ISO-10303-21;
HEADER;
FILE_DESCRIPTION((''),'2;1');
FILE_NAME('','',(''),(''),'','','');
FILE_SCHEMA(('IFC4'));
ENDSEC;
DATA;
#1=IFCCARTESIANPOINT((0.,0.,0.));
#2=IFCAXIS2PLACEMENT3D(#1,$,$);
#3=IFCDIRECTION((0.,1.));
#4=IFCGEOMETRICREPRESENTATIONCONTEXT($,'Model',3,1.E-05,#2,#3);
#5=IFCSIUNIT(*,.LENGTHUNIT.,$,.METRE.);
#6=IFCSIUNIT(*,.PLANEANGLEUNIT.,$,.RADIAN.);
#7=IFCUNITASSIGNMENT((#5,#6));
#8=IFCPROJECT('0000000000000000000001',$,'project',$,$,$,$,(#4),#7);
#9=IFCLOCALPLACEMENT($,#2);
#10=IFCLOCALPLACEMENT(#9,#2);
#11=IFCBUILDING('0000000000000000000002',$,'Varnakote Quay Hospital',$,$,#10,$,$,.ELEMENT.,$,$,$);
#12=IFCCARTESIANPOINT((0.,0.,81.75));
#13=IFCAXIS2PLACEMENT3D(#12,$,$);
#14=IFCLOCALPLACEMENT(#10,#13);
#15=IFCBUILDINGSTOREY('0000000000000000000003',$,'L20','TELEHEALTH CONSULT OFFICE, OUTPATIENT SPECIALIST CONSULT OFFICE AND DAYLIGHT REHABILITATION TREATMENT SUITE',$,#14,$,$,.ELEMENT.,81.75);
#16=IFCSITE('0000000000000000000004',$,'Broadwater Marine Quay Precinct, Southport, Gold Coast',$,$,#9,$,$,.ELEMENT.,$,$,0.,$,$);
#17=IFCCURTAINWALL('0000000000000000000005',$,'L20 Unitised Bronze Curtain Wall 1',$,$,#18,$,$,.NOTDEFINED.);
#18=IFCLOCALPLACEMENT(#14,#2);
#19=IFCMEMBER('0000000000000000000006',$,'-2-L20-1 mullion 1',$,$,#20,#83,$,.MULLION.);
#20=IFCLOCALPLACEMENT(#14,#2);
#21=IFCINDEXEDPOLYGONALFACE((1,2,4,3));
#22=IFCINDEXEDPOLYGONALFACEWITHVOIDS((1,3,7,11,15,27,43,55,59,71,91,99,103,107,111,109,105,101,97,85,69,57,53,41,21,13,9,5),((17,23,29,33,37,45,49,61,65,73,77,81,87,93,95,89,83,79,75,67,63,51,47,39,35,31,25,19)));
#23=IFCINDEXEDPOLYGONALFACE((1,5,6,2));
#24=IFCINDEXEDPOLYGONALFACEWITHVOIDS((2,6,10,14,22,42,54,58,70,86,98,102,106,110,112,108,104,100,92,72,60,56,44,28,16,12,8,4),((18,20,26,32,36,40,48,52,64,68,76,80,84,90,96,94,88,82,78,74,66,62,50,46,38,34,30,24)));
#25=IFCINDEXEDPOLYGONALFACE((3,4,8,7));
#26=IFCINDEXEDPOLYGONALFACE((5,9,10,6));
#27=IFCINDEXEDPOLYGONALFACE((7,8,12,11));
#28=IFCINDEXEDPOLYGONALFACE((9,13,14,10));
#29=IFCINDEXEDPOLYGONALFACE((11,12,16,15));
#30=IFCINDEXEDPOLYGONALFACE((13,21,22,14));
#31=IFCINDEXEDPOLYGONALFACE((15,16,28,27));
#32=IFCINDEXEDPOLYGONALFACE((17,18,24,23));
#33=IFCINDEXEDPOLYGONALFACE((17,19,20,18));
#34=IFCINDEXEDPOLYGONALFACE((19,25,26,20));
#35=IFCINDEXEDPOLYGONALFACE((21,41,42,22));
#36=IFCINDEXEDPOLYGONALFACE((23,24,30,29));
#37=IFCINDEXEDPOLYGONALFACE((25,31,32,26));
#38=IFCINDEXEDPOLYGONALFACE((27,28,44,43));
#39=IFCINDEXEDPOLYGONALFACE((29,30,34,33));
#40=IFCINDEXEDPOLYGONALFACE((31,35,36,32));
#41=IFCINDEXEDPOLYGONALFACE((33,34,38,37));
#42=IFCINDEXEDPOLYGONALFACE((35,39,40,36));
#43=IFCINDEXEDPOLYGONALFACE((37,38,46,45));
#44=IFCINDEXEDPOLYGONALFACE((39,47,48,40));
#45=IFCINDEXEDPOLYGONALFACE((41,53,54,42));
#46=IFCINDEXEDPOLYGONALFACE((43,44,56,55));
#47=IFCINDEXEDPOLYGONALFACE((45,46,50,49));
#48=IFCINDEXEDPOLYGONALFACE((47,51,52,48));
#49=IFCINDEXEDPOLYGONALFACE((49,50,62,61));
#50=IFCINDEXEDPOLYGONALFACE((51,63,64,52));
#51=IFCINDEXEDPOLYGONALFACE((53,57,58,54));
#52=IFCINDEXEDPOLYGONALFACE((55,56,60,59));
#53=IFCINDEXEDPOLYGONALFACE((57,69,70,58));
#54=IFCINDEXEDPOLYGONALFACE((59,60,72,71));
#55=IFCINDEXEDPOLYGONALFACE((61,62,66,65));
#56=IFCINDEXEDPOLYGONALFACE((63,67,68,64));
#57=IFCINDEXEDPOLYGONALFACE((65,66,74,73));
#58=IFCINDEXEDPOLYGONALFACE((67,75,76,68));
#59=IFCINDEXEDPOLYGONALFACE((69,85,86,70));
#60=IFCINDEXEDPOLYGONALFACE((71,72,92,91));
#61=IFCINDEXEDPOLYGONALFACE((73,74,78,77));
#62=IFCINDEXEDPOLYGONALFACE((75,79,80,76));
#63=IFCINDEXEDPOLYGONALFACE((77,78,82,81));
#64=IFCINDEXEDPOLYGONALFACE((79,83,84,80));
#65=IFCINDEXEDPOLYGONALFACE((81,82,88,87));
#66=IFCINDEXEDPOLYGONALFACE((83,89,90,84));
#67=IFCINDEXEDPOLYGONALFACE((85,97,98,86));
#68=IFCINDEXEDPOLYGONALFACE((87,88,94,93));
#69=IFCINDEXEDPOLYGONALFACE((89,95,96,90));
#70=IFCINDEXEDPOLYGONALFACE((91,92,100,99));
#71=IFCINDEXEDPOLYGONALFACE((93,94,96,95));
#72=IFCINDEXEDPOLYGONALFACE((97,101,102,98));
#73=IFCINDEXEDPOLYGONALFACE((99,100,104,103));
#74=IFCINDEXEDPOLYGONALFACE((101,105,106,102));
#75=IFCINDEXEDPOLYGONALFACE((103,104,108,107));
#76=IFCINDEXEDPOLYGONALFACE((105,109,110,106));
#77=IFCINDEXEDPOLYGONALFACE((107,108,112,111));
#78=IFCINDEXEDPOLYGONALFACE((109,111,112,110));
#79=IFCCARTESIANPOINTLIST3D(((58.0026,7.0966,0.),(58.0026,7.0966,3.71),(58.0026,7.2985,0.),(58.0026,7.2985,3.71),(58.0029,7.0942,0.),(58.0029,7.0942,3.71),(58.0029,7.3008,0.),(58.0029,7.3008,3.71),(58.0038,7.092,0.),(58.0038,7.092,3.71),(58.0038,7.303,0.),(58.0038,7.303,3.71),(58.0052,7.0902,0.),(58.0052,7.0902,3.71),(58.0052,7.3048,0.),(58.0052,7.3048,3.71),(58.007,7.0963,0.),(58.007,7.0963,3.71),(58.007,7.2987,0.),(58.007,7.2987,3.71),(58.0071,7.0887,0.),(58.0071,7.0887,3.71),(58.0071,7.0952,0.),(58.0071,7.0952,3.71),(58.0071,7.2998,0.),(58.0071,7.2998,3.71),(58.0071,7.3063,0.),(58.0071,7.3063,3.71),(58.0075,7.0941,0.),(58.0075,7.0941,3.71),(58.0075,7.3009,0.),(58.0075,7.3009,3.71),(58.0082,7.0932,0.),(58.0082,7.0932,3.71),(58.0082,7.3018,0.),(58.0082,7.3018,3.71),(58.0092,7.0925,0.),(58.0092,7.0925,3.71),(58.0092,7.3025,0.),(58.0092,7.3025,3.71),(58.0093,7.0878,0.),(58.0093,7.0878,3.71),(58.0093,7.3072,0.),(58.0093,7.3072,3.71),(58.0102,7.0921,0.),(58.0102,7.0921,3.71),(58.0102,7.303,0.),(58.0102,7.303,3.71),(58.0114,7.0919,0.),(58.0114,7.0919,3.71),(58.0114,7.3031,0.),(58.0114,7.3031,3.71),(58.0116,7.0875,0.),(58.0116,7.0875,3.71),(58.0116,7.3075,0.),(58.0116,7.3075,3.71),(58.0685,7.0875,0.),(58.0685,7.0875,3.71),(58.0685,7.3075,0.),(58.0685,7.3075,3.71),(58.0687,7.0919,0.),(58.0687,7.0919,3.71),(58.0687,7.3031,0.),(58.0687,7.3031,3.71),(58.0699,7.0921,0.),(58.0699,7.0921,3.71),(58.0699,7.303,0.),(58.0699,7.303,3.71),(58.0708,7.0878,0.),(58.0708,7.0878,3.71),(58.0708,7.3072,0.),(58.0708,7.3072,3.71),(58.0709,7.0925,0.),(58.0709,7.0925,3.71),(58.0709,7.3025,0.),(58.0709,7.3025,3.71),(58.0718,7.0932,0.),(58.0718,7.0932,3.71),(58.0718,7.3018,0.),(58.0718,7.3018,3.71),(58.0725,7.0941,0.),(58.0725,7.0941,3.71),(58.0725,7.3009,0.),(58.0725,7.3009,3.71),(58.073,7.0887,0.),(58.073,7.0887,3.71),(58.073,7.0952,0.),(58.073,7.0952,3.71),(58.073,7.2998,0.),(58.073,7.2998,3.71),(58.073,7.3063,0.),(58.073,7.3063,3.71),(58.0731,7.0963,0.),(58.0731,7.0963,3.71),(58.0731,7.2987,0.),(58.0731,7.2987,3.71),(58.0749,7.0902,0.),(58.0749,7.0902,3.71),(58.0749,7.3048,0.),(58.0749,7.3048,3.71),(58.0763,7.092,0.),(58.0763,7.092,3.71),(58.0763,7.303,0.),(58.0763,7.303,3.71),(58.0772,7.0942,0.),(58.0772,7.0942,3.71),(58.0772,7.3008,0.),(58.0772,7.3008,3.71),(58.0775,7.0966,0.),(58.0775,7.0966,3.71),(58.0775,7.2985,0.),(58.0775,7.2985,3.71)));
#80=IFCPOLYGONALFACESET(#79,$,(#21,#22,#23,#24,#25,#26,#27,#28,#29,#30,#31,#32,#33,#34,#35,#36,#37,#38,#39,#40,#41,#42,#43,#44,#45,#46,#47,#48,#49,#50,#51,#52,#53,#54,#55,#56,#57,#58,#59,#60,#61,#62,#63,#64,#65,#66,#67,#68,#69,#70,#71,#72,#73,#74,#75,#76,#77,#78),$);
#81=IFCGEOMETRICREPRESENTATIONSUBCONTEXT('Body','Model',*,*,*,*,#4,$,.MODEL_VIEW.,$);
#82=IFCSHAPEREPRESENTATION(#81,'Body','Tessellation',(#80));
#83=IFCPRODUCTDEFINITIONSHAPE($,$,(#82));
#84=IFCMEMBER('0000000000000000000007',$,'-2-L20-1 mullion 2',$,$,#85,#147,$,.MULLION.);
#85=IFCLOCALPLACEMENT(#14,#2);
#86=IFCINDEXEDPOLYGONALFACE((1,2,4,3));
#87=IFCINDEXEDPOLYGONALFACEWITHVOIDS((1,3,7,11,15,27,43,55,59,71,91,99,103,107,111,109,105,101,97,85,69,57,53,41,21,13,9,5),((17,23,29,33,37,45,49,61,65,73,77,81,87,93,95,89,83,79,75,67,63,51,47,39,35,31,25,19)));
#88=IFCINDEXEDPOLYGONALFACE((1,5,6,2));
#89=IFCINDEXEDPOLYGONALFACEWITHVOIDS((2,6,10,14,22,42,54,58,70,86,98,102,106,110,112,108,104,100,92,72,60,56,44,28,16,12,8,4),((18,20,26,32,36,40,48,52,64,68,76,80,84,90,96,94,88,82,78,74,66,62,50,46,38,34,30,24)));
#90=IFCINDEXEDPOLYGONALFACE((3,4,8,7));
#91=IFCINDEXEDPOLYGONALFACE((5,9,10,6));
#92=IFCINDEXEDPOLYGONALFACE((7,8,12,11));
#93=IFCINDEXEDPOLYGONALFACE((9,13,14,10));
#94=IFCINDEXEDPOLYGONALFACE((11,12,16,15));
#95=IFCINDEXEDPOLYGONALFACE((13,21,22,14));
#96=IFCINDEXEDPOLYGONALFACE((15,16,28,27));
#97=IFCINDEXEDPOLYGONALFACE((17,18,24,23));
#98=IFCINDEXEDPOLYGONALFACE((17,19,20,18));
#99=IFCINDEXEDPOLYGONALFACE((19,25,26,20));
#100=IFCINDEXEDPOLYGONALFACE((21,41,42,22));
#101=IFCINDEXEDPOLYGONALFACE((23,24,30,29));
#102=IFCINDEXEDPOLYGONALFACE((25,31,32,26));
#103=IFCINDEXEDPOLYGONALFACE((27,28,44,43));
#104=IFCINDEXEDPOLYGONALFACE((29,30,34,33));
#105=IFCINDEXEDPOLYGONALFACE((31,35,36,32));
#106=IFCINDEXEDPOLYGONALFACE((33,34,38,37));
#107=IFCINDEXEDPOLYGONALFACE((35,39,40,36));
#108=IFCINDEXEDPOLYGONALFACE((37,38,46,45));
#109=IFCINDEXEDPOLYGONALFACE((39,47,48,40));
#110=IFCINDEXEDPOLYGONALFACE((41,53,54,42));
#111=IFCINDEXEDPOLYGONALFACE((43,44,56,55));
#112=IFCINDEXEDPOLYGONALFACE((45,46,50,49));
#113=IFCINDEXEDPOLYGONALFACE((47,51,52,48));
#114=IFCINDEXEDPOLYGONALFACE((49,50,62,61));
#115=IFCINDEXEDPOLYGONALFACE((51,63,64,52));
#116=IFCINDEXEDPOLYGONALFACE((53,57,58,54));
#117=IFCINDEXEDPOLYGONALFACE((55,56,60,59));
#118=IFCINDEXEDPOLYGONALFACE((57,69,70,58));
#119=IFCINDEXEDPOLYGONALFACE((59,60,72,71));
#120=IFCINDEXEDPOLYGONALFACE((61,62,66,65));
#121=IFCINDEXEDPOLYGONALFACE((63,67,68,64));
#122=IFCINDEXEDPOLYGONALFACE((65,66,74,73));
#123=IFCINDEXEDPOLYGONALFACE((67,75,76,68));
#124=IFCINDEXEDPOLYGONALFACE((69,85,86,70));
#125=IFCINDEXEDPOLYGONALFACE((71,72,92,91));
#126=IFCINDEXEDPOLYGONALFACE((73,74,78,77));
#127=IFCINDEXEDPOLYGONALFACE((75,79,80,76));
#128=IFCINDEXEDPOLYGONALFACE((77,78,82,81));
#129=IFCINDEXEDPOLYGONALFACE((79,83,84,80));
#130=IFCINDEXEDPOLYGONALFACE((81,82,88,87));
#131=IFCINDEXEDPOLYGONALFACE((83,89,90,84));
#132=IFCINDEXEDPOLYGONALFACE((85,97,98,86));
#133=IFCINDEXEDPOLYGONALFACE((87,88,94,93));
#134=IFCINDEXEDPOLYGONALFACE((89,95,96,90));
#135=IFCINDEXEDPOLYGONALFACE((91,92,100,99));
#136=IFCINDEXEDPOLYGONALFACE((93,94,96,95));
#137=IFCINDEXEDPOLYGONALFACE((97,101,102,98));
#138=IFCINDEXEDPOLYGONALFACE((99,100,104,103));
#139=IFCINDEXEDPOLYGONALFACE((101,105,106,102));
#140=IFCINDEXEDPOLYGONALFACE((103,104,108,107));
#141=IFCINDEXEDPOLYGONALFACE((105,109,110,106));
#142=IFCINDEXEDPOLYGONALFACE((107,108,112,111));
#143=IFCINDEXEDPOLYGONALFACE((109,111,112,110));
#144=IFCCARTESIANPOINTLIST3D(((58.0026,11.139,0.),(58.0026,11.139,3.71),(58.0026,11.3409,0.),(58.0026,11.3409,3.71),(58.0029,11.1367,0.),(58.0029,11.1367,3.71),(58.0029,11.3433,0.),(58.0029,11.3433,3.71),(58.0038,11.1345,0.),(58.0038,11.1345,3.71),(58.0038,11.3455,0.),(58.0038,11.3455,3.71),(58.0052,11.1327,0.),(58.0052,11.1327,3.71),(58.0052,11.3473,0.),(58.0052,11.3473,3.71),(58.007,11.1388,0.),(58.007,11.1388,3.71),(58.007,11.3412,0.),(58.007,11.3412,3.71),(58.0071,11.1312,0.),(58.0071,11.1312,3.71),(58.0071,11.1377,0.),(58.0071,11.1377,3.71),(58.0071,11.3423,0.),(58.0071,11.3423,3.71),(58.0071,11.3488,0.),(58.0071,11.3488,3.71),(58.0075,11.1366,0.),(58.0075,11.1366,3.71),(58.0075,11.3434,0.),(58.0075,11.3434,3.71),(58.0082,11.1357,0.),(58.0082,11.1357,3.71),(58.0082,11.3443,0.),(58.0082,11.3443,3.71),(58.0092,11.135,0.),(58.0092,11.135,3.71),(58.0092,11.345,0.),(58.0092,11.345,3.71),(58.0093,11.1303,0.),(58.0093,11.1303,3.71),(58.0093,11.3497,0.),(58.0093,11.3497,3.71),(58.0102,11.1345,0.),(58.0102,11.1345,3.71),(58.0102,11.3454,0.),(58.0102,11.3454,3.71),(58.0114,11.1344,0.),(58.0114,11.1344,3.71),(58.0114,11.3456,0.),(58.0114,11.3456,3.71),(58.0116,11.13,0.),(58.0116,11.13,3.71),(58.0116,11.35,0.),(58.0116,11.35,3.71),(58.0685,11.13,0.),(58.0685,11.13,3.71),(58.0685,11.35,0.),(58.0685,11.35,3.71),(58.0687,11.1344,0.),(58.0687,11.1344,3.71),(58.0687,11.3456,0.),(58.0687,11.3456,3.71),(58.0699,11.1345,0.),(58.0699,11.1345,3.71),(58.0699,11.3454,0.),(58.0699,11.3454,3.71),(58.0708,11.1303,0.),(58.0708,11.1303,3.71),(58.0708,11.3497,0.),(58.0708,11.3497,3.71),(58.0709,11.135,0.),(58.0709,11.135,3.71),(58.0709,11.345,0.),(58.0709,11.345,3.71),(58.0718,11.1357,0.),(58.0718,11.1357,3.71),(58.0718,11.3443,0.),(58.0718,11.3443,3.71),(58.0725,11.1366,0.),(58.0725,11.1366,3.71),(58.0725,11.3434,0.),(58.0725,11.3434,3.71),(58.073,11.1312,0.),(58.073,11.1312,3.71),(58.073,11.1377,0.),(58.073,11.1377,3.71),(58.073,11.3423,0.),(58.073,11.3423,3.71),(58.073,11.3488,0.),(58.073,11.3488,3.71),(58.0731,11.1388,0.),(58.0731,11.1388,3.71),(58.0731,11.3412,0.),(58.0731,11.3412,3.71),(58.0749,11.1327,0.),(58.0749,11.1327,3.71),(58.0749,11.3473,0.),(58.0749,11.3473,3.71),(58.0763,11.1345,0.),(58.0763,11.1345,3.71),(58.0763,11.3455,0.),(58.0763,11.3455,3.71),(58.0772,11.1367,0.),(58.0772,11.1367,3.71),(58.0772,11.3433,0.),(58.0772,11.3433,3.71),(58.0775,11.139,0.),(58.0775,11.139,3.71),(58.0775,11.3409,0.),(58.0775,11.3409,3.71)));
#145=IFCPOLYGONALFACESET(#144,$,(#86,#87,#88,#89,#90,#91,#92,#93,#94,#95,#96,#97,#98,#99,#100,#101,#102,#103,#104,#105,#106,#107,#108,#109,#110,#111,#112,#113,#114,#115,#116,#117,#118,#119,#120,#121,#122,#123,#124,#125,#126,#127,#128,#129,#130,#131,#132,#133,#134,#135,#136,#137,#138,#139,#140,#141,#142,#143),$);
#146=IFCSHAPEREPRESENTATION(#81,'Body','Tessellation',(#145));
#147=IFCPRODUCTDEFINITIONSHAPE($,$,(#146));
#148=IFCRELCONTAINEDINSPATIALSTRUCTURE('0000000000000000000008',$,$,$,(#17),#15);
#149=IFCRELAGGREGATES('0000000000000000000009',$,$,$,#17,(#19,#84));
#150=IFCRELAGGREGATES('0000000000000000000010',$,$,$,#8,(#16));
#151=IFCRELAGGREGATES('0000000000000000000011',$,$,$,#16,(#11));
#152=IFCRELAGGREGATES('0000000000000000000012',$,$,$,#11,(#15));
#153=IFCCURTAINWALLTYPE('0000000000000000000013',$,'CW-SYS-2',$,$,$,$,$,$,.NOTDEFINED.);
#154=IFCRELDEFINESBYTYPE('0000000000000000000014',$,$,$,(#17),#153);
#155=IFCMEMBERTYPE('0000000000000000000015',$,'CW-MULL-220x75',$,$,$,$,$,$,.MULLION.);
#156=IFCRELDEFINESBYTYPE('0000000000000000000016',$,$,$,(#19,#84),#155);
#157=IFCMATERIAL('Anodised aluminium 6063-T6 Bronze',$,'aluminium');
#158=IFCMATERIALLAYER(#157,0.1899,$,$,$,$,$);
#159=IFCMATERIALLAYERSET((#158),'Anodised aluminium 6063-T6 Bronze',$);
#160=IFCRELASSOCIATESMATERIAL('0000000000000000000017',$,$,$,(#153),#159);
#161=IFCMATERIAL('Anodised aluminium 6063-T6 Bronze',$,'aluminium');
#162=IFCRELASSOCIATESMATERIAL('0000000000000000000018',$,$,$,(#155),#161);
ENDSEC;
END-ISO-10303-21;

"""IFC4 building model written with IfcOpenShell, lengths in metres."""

from ifc_helpers import new_model, si_unit, direction, frame, origin, origin_2d, place, context, subcontext, project, spatial, hollow_rectangle, extrude, material, layer, layer_set, material_profile, profile_set, type_object, element, aggregate, save


model = new_model("IFC4")

# Units and contexts
model_context = context("Model", 3, precision=1e-05, world=origin(), true_north=direction((0.0, 1.0)))
body_context = subcontext(model_context, "Body", "Model", "MODEL_VIEW")
ifc_project = project(units=[si_unit("LENGTHUNIT", "METRE"), si_unit("PLANEANGLEUNIT", "RADIAN")], contexts=[model_context])

# Site, building, storey
site_placement = place(None, origin())
site = spatial("IfcSite", under=ifc_project, at=site_placement, Name="Broadwater Marine Quay Precinct, Southport, Gold Coast", CompositionType="ELEMENT", RefElevation=0.0)
building_placement = place(site_placement, origin())
building = spatial("IfcBuilding", under=site, at=building_placement, Name="Varnakote Quay Hospital", CompositionType="ELEMENT")
storey_placement = place(building_placement, frame((0.0, 0.0, 81.75)))
storey = spatial("IfcBuildingStorey", under=building, at=storey_placement, Name="L20", Description="TELEHEALTH CONSULT OFFICE, OUTPATIENT SPECIALIST CONSULT OFFICE AND DAYLIGHT REHABILITATION TREATMENT SUITE", CompositionType="ELEMENT", Elevation=81.75)

# Curtain wall, members
ifc_material_1 = material(Name="Anodised aluminium 6063-T6 Bronze", Category="aluminium")
ifc_layer_1 = layer(ifc_material_1, 0.1899)
ifc_layer_set_1 = layer_set([ifc_layer_1], Name="Anodised aluminium 6063-T6 Bronze")
curtain_wall_type = type_object("IfcCurtainWallType", Name="CW-SYS-2", PredefinedType="NOTDEFINED", material=ifc_layer_set_1)
curtain_wall_placement = place(storey_placement, origin())
curtain_wall = element("IfcCurtainWall", 1, at=curtain_wall_placement, inside=storey, type_object=curtain_wall_type, Name="L20 Unitised Bronze Curtain Wall 1", PredefinedType="NOTDEFINED")
ifc_material_2 = material(Name="Anodised aluminium 6063-T6 Bronze", Category="aluminium")
ifc_material_profile_1 = material_profile(ifc_material_2, hollow_rectangle(XDim=0.075, YDim=0.22, WallThickness=0.0044, InnerFilletRadius=0.0044, OuterFilletRadius=0.009, at=origin_2d()), Name="CW-MULL-220x75")
ifc_profile_set_1 = profile_set([ifc_material_profile_1], Name="Anodised aluminium 6063-T6 Bronze")
member_type_1 = type_object("IfcMemberType", Name="CW-MULL-220x75", PredefinedType="MULLION", material=ifc_profile_set_1)
member_1_placement = place(storey_placement, frame((58.04, 7.1975, 0.0), z_axis=(0.0, 0.0, 1.0), x_axis=(-1.0, 0.0, 0.0)))
member_1 = element("IfcMember", 2, at=member_1_placement, type_object=member_type_1, Name="-2-L20-1 mullion 1", PredefinedType="MULLION", context=body_context, shape_type="SweptSolid", body=[
    extrude(hollow_rectangle(XDim=0.075, YDim=0.22, WallThickness=0.0044, InnerFilletRadius=0.0044, OuterFilletRadius=0.009, at=origin_2d()), origin(), (0.0, 0.0, 1.0), 3.71),
])
member_2_placement = place(storey_placement, frame((58.04, 11.24, 0.0), z_axis=(0.0, 0.0, 1.0), x_axis=(-1.0, 0.0, 0.0)))
member_2 = element("IfcMember", 3, at=member_2_placement, type_object=member_type_1, Name="-2-L20-1 mullion 2", PredefinedType="MULLION", context=body_context, shape_type="SweptSolid", body=[
    extrude(hollow_rectangle(XDim=0.075, YDim=0.22, WallThickness=0.0044, InnerFilletRadius=0.0044, OuterFilletRadius=0.009, at=origin_2d()), origin(), (0.0, 0.0, 1.0), 3.71),
])
aggregate(curtain_wall, [member_1, member_2])

save(model, "model.ifc")
